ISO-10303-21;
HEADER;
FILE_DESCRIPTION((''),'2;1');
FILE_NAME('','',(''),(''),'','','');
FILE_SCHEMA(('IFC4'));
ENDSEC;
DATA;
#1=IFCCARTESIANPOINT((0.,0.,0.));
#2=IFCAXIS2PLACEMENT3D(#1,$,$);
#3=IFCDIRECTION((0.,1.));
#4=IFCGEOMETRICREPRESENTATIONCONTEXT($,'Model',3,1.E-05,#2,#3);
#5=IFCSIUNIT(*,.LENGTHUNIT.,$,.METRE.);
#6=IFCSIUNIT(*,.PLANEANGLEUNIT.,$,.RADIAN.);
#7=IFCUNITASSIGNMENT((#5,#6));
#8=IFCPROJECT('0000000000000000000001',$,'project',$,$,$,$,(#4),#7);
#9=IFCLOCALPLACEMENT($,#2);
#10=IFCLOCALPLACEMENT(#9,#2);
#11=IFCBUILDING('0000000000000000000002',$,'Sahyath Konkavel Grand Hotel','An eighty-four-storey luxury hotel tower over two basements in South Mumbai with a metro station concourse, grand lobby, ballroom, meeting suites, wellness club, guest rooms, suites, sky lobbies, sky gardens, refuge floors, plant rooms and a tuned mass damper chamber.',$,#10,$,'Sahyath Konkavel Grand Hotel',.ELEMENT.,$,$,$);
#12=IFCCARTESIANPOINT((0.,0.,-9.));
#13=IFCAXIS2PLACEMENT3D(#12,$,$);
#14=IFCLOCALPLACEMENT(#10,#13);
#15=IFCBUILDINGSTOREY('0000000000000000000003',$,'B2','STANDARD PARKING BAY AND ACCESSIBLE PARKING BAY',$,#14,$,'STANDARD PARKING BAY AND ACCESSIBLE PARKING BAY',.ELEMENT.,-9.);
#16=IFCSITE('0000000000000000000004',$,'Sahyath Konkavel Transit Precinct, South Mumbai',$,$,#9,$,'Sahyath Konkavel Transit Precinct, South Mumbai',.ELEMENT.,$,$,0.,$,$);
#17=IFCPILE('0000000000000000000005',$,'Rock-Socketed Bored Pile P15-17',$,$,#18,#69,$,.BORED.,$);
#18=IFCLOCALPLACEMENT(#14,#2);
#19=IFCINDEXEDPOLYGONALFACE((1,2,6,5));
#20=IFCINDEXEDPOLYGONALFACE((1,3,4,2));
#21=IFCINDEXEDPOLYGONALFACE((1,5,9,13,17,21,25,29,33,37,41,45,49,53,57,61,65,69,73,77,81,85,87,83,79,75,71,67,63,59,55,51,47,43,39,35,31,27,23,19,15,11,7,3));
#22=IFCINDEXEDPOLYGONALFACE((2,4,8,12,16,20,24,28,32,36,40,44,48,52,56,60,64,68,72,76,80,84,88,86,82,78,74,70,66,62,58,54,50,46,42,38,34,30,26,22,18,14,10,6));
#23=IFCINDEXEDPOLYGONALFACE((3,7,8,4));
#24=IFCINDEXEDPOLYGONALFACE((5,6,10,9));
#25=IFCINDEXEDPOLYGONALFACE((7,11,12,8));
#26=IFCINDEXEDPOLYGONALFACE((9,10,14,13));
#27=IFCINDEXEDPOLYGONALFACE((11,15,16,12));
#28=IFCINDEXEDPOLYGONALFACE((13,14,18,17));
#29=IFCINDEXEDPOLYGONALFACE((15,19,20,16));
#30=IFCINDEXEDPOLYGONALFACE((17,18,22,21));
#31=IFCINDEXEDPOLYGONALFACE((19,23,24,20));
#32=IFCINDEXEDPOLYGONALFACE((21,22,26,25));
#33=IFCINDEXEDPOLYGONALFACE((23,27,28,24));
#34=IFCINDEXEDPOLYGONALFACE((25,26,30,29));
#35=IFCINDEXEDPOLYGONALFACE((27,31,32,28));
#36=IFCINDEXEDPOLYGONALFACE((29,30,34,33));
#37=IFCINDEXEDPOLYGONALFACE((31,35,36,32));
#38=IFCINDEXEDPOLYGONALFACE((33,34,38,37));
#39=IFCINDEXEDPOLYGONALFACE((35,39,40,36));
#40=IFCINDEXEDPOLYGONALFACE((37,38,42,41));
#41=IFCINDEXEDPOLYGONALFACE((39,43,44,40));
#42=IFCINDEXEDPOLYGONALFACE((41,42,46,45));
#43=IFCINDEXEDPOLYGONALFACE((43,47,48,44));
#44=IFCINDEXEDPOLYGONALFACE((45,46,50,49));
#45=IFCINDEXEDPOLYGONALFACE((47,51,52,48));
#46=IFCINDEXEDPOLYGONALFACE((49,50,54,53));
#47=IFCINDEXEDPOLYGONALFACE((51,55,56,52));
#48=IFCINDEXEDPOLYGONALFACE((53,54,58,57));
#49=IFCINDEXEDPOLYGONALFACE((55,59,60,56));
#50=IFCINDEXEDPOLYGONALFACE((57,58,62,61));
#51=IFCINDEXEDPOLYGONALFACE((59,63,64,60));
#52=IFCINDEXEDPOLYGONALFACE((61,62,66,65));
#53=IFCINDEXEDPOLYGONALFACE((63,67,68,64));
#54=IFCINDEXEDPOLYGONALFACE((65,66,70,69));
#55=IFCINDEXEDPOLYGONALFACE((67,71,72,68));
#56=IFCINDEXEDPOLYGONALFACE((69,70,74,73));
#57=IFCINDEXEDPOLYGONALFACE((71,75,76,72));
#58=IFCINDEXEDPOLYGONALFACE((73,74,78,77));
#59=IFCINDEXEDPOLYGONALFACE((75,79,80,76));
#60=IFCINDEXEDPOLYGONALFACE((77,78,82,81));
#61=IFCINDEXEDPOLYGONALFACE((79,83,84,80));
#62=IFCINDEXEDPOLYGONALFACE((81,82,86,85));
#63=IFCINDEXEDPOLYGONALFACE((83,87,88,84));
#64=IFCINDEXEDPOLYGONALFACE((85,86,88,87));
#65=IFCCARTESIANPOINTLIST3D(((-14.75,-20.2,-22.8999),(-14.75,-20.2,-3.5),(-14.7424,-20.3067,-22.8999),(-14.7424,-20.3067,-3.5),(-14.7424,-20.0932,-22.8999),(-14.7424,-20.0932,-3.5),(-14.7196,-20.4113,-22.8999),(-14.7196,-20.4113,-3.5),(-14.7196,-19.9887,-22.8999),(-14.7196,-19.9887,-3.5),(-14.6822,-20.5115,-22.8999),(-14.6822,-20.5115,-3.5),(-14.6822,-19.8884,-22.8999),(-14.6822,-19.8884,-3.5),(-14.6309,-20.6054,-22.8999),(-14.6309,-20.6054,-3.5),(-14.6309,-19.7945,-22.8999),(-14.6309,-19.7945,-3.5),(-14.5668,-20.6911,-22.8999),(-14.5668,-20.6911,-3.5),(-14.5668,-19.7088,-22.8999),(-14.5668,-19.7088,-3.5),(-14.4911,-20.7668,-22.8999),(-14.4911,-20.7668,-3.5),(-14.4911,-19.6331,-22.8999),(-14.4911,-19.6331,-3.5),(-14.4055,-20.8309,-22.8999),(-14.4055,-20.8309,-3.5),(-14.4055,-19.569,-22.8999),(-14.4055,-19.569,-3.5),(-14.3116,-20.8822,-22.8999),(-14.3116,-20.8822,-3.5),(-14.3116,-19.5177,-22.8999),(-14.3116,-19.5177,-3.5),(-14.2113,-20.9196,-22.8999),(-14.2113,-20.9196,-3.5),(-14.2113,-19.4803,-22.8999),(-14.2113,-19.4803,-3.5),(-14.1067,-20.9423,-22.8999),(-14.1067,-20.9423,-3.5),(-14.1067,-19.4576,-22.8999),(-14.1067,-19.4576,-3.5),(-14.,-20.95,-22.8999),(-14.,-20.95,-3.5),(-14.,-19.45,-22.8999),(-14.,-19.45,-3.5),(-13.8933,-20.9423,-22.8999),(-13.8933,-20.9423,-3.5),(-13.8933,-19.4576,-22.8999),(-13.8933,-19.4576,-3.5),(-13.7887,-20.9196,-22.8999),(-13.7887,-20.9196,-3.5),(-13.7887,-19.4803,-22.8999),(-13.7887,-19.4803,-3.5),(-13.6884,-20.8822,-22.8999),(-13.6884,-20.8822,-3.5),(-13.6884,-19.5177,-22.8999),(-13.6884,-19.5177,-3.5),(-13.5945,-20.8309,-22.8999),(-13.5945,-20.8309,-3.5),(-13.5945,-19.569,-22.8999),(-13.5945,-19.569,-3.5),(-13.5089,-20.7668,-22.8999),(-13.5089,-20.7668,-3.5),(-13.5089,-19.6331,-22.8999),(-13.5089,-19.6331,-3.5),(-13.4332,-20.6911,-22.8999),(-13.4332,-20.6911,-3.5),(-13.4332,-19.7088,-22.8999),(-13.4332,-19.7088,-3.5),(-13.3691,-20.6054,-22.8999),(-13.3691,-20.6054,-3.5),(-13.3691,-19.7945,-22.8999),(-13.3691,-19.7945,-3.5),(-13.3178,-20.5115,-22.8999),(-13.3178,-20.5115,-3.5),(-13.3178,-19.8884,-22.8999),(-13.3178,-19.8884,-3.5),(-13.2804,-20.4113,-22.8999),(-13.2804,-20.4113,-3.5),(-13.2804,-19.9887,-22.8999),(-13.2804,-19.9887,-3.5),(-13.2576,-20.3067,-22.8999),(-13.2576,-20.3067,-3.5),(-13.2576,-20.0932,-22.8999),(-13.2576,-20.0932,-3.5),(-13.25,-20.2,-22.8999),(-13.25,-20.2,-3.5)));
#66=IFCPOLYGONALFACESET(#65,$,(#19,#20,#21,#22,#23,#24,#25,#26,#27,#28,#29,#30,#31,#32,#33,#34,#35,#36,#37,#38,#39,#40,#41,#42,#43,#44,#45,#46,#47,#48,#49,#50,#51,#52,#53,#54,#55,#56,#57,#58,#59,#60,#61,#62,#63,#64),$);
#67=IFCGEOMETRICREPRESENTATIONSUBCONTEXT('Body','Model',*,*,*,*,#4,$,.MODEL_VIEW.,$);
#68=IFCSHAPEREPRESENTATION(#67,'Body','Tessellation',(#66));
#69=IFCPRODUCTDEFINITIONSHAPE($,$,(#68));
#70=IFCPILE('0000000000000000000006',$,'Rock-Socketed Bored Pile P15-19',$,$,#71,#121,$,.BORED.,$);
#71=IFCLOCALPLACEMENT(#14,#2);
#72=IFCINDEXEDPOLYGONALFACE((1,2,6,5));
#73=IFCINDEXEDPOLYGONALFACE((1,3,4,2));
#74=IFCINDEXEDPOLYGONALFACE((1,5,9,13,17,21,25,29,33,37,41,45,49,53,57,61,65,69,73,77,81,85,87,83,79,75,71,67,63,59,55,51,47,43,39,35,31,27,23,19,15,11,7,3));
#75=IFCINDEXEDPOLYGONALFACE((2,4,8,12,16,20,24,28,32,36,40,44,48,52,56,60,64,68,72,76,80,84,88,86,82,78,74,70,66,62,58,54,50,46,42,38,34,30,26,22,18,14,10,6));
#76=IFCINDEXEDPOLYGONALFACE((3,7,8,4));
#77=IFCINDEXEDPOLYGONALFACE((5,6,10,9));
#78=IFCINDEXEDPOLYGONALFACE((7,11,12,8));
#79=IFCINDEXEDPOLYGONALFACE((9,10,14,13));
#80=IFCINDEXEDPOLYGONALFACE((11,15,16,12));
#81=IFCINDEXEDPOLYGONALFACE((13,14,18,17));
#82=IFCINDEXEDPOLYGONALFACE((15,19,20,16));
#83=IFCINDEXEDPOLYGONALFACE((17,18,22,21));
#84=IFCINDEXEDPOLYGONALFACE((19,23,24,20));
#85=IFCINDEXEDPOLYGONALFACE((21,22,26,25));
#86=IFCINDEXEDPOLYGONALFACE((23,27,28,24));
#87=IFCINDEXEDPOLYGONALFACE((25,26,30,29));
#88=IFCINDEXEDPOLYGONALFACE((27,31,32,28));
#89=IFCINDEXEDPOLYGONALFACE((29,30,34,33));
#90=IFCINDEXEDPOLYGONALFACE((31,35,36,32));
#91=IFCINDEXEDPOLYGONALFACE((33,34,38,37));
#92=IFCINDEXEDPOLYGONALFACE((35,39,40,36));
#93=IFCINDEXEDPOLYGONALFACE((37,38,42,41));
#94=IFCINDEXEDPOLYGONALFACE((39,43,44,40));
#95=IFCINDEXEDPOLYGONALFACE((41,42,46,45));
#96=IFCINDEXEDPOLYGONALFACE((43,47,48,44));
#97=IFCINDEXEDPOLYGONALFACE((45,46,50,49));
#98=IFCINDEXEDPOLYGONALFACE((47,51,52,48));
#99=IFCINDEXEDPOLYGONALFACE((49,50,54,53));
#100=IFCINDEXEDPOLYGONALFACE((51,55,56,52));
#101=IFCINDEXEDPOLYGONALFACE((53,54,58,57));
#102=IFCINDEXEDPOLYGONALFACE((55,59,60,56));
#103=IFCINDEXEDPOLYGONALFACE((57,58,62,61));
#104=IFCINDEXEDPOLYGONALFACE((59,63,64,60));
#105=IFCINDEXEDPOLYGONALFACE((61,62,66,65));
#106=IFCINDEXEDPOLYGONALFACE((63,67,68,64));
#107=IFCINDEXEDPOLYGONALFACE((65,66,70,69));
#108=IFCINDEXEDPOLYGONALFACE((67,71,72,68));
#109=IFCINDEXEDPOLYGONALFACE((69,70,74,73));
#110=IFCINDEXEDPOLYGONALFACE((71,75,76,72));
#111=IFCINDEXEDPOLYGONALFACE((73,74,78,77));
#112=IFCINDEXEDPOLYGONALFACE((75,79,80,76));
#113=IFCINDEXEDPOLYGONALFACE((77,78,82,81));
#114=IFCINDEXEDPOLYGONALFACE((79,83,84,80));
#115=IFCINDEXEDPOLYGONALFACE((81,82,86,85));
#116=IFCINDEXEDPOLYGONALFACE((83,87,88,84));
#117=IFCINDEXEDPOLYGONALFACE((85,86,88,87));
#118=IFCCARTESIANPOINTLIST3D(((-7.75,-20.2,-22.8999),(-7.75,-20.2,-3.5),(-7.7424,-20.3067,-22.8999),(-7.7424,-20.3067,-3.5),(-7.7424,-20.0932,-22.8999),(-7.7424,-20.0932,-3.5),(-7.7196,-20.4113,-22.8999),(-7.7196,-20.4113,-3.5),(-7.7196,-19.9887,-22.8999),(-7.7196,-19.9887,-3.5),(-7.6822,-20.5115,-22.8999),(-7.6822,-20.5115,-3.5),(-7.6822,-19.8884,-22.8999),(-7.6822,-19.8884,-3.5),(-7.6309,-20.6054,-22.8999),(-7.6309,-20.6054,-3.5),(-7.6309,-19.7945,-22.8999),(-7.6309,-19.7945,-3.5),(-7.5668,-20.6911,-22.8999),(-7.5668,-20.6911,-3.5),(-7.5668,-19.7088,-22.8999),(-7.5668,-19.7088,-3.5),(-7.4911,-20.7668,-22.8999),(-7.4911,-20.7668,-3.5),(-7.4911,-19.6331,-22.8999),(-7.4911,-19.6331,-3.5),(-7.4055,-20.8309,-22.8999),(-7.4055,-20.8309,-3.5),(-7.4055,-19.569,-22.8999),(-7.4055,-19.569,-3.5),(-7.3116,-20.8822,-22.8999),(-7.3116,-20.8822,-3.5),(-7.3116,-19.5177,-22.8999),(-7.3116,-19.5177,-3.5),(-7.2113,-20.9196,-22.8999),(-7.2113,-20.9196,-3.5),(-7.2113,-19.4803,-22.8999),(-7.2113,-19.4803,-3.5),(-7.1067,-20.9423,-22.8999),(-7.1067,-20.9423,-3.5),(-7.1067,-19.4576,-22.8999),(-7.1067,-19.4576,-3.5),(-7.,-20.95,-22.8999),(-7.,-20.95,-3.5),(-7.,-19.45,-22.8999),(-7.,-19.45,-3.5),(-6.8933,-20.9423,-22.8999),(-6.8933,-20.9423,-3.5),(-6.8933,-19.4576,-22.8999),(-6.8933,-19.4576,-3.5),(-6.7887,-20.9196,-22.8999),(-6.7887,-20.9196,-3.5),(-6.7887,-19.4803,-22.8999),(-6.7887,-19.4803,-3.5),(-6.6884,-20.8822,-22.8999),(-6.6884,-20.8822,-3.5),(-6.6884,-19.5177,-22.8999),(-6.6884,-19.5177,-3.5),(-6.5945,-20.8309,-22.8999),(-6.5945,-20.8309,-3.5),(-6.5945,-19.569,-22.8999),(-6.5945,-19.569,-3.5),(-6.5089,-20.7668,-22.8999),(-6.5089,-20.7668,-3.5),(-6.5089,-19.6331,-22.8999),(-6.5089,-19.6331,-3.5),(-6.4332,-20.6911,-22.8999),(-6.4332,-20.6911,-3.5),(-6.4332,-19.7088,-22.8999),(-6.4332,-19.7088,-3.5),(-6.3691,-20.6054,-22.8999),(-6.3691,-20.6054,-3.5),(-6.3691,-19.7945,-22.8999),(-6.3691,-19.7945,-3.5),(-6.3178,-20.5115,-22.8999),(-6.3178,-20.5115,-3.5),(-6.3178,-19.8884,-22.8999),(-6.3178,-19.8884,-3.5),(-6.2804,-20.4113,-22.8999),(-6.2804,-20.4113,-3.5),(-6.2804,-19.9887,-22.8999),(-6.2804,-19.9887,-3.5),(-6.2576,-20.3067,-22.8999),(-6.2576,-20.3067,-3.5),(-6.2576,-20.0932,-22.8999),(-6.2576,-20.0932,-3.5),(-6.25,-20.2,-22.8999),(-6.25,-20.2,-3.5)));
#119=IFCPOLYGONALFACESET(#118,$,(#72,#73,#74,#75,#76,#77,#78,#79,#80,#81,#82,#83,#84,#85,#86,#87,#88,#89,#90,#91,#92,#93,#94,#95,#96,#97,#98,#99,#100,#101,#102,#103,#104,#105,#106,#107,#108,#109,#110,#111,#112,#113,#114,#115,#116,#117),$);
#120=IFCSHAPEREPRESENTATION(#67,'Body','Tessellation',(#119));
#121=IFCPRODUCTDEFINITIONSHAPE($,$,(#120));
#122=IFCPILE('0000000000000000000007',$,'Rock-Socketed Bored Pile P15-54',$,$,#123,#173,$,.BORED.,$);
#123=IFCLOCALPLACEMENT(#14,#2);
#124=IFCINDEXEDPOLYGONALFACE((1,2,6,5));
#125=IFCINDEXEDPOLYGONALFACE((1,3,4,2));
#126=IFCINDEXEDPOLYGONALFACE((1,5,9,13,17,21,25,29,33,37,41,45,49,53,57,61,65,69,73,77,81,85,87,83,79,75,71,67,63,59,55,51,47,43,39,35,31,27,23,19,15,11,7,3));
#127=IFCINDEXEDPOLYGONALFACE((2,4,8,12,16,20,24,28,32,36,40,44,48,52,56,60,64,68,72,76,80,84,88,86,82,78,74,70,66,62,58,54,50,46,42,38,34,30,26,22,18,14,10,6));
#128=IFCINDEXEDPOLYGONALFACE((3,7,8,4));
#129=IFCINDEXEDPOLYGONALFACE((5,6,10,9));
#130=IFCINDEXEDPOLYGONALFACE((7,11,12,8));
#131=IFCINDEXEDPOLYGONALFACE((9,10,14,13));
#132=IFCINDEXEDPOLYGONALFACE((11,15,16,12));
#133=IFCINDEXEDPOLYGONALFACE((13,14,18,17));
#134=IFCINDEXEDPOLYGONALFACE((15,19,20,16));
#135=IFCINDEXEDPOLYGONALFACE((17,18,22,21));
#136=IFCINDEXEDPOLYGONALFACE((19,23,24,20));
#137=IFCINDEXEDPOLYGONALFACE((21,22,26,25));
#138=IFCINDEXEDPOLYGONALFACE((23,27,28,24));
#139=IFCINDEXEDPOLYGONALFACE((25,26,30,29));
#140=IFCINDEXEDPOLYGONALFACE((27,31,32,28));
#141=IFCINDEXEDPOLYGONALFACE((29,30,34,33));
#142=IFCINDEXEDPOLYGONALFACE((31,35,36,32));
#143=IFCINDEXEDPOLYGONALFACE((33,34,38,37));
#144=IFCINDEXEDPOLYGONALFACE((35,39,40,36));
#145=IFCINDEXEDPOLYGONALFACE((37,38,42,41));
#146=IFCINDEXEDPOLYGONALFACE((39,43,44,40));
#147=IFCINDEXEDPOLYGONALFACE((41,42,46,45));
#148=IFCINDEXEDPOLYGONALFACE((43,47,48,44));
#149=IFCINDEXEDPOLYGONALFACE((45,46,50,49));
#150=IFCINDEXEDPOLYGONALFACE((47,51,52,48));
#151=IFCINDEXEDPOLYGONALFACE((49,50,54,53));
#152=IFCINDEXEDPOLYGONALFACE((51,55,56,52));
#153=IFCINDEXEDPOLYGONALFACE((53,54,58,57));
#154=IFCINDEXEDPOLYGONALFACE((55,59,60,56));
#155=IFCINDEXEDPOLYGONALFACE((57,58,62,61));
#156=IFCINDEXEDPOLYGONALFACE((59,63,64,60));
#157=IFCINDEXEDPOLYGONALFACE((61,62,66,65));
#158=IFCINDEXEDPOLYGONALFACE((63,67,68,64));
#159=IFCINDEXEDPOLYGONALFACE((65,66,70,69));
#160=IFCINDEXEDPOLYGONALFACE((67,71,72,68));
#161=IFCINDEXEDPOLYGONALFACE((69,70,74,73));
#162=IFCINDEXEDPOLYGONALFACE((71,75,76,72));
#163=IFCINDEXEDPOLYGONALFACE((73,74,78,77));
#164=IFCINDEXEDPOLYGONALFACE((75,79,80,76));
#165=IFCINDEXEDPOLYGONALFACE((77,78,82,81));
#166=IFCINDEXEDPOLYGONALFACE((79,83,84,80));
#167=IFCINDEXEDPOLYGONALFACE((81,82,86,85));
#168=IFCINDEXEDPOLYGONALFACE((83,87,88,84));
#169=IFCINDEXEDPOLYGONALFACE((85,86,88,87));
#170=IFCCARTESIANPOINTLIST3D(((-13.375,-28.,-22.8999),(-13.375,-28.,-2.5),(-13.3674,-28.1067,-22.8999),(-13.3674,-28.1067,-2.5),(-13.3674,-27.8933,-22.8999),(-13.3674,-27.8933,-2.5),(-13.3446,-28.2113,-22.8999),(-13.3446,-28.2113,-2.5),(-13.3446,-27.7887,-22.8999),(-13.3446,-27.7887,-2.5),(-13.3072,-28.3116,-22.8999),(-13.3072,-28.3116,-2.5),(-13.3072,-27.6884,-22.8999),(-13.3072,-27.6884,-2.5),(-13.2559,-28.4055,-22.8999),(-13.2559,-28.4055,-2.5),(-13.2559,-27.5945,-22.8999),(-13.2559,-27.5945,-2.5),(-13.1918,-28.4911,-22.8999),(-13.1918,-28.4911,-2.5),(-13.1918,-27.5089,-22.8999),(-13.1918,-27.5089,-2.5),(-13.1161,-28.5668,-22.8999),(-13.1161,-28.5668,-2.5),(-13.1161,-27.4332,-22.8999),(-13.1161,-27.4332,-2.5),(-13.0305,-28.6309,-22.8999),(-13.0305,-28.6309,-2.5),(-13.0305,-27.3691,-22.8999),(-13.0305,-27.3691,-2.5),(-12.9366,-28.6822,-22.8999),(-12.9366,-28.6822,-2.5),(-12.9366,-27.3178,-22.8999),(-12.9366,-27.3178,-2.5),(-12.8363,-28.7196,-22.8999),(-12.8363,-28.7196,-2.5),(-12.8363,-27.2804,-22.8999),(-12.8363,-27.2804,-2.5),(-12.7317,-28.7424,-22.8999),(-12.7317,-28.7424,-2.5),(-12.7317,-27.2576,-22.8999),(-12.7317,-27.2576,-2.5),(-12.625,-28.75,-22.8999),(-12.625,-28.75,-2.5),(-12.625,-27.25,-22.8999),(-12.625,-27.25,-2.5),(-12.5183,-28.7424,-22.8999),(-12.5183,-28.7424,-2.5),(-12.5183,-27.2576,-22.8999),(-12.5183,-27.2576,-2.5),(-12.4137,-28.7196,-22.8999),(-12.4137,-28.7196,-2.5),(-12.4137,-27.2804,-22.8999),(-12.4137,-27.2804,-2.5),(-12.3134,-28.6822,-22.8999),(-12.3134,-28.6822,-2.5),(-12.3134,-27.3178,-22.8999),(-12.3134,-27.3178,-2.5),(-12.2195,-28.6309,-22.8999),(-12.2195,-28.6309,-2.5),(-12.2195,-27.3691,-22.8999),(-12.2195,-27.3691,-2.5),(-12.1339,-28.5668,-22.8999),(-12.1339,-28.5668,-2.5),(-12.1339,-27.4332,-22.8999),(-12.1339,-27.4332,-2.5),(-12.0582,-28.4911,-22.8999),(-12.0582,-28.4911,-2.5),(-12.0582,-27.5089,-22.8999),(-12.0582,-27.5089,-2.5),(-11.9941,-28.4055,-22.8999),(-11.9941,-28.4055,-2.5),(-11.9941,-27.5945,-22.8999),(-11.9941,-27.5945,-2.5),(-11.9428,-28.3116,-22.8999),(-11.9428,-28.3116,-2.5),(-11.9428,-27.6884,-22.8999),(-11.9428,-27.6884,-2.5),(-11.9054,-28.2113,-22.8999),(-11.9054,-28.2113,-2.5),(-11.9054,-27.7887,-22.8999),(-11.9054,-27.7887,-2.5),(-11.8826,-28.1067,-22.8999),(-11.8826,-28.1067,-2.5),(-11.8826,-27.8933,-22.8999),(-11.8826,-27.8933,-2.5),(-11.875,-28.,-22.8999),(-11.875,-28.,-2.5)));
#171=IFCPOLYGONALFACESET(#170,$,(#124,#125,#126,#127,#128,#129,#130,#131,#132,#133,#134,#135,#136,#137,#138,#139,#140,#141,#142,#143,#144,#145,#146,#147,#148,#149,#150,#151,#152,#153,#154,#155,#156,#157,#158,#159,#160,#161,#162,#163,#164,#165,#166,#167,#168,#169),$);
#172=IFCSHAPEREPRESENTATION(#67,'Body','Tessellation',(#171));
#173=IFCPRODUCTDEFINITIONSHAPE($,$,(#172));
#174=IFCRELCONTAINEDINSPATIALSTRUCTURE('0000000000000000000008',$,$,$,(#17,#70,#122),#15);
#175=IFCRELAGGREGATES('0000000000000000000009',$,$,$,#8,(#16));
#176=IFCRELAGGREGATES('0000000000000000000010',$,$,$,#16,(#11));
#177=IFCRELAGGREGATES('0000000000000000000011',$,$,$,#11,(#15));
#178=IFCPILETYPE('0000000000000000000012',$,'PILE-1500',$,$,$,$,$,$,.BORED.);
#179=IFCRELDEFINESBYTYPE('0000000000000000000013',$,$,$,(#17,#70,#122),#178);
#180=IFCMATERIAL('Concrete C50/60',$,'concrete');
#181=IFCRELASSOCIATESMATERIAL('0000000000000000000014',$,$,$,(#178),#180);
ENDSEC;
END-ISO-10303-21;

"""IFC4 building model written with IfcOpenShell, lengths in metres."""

from ifc_helpers import new_model, si_unit, direction, frame, origin, origin_2d, place, context, subcontext, project, spatial, circle, extrude, material, material_profile, profile_set, type_object, element, save


model = new_model("IFC4")

# Units and contexts
model_context = context("Model", 3, precision=1e-05, world=origin(), true_north=direction((0.0, 1.0)))
body_context = subcontext(model_context, "Body", "Model", "MODEL_VIEW")
ifc_project = project(units=[si_unit("LENGTHUNIT", "METRE"), si_unit("PLANEANGLEUNIT", "RADIAN")], contexts=[model_context])

# Site, building, storey
site_placement = place(None, origin())
site = spatial("IfcSite", under=ifc_project, at=site_placement, Name="Sahyath Konkavel Transit Precinct, South Mumbai", LongName="Sahyath Konkavel Transit Precinct, South Mumbai", CompositionType="ELEMENT", RefElevation=0.0)
building_placement = place(site_placement, origin())
building = spatial("IfcBuilding", under=site, at=building_placement, Name="Sahyath Konkavel Grand Hotel", Description="An eighty-four-storey luxury hotel tower over two basements in South Mumbai with a metro station concourse, grand lobby, ballroom, meeting suites, wellness club, guest rooms, suites, sky lobbies, sky gardens, refuge floors, plant rooms and a tuned mass damper chamber.", LongName="Sahyath Konkavel Grand Hotel", CompositionType="ELEMENT")
storey_placement = place(building_placement, frame((0.0, 0.0, -9.0)))
storey = spatial("IfcBuildingStorey", under=building, at=storey_placement, Name="B2", Description="STANDARD PARKING BAY AND ACCESSIBLE PARKING BAY", LongName="STANDARD PARKING BAY AND ACCESSIBLE PARKING BAY", CompositionType="ELEMENT", Elevation=-9.0)

# Piles
ifc_material_1 = material(Name="Concrete C50/60", Category="concrete")
ifc_material_profile_1 = material_profile(ifc_material_1, circle(Radius=0.75, at=origin_2d()), Name="PILE D1500")
ifc_profile_set_1 = profile_set([ifc_material_profile_1], Name="Concrete C50/60")
pile_type_1 = type_object("IfcPileType", Name="PILE-1500", PredefinedType="BORED", material=ifc_profile_set_1)
for number, where, z_axis, x_axis, name in (
    (1, (-14.0, -20.2, -3.5), (0.0, 0.0, -1.0), (1.0, 0.0, 0.0), "Rock-Socketed Bored Pile P15-17"),
    (2, (-7.0, -20.2, -3.5), (0.0, 0.0, -1.0), (1.0, 0.0, 0.0), "Rock-Socketed Bored Pile P15-19"),
):
    element("IfcPile", number, at=place(storey_placement, frame(where, z_axis=z_axis, x_axis=x_axis)), inside=storey, type_object=pile_type_1, Name=name, PredefinedType="BORED", context=body_context, shape_type="SweptSolid", body=[
        extrude(circle(Radius=0.75, at=origin_2d()), origin(), (0.0, 0.0, 1.0), 19.3999),
    ])
pile_placement = place(storey_placement, frame((-12.625, -28.0, -2.5), z_axis=(0.0, 0.0, -1.0), x_axis=(1.0, 0.0, 0.0)))
element("IfcPile", 3, at=pile_placement, inside=storey, type_object=pile_type_1, Name="Rock-Socketed Bored Pile P15-54", PredefinedType="BORED", context=body_context, shape_type="SweptSolid", body=[
    extrude(circle(Radius=0.75, at=origin_2d()), origin(), (0.0, 0.0, 1.0), 20.3999),
])

save(model, "model.ifc")
